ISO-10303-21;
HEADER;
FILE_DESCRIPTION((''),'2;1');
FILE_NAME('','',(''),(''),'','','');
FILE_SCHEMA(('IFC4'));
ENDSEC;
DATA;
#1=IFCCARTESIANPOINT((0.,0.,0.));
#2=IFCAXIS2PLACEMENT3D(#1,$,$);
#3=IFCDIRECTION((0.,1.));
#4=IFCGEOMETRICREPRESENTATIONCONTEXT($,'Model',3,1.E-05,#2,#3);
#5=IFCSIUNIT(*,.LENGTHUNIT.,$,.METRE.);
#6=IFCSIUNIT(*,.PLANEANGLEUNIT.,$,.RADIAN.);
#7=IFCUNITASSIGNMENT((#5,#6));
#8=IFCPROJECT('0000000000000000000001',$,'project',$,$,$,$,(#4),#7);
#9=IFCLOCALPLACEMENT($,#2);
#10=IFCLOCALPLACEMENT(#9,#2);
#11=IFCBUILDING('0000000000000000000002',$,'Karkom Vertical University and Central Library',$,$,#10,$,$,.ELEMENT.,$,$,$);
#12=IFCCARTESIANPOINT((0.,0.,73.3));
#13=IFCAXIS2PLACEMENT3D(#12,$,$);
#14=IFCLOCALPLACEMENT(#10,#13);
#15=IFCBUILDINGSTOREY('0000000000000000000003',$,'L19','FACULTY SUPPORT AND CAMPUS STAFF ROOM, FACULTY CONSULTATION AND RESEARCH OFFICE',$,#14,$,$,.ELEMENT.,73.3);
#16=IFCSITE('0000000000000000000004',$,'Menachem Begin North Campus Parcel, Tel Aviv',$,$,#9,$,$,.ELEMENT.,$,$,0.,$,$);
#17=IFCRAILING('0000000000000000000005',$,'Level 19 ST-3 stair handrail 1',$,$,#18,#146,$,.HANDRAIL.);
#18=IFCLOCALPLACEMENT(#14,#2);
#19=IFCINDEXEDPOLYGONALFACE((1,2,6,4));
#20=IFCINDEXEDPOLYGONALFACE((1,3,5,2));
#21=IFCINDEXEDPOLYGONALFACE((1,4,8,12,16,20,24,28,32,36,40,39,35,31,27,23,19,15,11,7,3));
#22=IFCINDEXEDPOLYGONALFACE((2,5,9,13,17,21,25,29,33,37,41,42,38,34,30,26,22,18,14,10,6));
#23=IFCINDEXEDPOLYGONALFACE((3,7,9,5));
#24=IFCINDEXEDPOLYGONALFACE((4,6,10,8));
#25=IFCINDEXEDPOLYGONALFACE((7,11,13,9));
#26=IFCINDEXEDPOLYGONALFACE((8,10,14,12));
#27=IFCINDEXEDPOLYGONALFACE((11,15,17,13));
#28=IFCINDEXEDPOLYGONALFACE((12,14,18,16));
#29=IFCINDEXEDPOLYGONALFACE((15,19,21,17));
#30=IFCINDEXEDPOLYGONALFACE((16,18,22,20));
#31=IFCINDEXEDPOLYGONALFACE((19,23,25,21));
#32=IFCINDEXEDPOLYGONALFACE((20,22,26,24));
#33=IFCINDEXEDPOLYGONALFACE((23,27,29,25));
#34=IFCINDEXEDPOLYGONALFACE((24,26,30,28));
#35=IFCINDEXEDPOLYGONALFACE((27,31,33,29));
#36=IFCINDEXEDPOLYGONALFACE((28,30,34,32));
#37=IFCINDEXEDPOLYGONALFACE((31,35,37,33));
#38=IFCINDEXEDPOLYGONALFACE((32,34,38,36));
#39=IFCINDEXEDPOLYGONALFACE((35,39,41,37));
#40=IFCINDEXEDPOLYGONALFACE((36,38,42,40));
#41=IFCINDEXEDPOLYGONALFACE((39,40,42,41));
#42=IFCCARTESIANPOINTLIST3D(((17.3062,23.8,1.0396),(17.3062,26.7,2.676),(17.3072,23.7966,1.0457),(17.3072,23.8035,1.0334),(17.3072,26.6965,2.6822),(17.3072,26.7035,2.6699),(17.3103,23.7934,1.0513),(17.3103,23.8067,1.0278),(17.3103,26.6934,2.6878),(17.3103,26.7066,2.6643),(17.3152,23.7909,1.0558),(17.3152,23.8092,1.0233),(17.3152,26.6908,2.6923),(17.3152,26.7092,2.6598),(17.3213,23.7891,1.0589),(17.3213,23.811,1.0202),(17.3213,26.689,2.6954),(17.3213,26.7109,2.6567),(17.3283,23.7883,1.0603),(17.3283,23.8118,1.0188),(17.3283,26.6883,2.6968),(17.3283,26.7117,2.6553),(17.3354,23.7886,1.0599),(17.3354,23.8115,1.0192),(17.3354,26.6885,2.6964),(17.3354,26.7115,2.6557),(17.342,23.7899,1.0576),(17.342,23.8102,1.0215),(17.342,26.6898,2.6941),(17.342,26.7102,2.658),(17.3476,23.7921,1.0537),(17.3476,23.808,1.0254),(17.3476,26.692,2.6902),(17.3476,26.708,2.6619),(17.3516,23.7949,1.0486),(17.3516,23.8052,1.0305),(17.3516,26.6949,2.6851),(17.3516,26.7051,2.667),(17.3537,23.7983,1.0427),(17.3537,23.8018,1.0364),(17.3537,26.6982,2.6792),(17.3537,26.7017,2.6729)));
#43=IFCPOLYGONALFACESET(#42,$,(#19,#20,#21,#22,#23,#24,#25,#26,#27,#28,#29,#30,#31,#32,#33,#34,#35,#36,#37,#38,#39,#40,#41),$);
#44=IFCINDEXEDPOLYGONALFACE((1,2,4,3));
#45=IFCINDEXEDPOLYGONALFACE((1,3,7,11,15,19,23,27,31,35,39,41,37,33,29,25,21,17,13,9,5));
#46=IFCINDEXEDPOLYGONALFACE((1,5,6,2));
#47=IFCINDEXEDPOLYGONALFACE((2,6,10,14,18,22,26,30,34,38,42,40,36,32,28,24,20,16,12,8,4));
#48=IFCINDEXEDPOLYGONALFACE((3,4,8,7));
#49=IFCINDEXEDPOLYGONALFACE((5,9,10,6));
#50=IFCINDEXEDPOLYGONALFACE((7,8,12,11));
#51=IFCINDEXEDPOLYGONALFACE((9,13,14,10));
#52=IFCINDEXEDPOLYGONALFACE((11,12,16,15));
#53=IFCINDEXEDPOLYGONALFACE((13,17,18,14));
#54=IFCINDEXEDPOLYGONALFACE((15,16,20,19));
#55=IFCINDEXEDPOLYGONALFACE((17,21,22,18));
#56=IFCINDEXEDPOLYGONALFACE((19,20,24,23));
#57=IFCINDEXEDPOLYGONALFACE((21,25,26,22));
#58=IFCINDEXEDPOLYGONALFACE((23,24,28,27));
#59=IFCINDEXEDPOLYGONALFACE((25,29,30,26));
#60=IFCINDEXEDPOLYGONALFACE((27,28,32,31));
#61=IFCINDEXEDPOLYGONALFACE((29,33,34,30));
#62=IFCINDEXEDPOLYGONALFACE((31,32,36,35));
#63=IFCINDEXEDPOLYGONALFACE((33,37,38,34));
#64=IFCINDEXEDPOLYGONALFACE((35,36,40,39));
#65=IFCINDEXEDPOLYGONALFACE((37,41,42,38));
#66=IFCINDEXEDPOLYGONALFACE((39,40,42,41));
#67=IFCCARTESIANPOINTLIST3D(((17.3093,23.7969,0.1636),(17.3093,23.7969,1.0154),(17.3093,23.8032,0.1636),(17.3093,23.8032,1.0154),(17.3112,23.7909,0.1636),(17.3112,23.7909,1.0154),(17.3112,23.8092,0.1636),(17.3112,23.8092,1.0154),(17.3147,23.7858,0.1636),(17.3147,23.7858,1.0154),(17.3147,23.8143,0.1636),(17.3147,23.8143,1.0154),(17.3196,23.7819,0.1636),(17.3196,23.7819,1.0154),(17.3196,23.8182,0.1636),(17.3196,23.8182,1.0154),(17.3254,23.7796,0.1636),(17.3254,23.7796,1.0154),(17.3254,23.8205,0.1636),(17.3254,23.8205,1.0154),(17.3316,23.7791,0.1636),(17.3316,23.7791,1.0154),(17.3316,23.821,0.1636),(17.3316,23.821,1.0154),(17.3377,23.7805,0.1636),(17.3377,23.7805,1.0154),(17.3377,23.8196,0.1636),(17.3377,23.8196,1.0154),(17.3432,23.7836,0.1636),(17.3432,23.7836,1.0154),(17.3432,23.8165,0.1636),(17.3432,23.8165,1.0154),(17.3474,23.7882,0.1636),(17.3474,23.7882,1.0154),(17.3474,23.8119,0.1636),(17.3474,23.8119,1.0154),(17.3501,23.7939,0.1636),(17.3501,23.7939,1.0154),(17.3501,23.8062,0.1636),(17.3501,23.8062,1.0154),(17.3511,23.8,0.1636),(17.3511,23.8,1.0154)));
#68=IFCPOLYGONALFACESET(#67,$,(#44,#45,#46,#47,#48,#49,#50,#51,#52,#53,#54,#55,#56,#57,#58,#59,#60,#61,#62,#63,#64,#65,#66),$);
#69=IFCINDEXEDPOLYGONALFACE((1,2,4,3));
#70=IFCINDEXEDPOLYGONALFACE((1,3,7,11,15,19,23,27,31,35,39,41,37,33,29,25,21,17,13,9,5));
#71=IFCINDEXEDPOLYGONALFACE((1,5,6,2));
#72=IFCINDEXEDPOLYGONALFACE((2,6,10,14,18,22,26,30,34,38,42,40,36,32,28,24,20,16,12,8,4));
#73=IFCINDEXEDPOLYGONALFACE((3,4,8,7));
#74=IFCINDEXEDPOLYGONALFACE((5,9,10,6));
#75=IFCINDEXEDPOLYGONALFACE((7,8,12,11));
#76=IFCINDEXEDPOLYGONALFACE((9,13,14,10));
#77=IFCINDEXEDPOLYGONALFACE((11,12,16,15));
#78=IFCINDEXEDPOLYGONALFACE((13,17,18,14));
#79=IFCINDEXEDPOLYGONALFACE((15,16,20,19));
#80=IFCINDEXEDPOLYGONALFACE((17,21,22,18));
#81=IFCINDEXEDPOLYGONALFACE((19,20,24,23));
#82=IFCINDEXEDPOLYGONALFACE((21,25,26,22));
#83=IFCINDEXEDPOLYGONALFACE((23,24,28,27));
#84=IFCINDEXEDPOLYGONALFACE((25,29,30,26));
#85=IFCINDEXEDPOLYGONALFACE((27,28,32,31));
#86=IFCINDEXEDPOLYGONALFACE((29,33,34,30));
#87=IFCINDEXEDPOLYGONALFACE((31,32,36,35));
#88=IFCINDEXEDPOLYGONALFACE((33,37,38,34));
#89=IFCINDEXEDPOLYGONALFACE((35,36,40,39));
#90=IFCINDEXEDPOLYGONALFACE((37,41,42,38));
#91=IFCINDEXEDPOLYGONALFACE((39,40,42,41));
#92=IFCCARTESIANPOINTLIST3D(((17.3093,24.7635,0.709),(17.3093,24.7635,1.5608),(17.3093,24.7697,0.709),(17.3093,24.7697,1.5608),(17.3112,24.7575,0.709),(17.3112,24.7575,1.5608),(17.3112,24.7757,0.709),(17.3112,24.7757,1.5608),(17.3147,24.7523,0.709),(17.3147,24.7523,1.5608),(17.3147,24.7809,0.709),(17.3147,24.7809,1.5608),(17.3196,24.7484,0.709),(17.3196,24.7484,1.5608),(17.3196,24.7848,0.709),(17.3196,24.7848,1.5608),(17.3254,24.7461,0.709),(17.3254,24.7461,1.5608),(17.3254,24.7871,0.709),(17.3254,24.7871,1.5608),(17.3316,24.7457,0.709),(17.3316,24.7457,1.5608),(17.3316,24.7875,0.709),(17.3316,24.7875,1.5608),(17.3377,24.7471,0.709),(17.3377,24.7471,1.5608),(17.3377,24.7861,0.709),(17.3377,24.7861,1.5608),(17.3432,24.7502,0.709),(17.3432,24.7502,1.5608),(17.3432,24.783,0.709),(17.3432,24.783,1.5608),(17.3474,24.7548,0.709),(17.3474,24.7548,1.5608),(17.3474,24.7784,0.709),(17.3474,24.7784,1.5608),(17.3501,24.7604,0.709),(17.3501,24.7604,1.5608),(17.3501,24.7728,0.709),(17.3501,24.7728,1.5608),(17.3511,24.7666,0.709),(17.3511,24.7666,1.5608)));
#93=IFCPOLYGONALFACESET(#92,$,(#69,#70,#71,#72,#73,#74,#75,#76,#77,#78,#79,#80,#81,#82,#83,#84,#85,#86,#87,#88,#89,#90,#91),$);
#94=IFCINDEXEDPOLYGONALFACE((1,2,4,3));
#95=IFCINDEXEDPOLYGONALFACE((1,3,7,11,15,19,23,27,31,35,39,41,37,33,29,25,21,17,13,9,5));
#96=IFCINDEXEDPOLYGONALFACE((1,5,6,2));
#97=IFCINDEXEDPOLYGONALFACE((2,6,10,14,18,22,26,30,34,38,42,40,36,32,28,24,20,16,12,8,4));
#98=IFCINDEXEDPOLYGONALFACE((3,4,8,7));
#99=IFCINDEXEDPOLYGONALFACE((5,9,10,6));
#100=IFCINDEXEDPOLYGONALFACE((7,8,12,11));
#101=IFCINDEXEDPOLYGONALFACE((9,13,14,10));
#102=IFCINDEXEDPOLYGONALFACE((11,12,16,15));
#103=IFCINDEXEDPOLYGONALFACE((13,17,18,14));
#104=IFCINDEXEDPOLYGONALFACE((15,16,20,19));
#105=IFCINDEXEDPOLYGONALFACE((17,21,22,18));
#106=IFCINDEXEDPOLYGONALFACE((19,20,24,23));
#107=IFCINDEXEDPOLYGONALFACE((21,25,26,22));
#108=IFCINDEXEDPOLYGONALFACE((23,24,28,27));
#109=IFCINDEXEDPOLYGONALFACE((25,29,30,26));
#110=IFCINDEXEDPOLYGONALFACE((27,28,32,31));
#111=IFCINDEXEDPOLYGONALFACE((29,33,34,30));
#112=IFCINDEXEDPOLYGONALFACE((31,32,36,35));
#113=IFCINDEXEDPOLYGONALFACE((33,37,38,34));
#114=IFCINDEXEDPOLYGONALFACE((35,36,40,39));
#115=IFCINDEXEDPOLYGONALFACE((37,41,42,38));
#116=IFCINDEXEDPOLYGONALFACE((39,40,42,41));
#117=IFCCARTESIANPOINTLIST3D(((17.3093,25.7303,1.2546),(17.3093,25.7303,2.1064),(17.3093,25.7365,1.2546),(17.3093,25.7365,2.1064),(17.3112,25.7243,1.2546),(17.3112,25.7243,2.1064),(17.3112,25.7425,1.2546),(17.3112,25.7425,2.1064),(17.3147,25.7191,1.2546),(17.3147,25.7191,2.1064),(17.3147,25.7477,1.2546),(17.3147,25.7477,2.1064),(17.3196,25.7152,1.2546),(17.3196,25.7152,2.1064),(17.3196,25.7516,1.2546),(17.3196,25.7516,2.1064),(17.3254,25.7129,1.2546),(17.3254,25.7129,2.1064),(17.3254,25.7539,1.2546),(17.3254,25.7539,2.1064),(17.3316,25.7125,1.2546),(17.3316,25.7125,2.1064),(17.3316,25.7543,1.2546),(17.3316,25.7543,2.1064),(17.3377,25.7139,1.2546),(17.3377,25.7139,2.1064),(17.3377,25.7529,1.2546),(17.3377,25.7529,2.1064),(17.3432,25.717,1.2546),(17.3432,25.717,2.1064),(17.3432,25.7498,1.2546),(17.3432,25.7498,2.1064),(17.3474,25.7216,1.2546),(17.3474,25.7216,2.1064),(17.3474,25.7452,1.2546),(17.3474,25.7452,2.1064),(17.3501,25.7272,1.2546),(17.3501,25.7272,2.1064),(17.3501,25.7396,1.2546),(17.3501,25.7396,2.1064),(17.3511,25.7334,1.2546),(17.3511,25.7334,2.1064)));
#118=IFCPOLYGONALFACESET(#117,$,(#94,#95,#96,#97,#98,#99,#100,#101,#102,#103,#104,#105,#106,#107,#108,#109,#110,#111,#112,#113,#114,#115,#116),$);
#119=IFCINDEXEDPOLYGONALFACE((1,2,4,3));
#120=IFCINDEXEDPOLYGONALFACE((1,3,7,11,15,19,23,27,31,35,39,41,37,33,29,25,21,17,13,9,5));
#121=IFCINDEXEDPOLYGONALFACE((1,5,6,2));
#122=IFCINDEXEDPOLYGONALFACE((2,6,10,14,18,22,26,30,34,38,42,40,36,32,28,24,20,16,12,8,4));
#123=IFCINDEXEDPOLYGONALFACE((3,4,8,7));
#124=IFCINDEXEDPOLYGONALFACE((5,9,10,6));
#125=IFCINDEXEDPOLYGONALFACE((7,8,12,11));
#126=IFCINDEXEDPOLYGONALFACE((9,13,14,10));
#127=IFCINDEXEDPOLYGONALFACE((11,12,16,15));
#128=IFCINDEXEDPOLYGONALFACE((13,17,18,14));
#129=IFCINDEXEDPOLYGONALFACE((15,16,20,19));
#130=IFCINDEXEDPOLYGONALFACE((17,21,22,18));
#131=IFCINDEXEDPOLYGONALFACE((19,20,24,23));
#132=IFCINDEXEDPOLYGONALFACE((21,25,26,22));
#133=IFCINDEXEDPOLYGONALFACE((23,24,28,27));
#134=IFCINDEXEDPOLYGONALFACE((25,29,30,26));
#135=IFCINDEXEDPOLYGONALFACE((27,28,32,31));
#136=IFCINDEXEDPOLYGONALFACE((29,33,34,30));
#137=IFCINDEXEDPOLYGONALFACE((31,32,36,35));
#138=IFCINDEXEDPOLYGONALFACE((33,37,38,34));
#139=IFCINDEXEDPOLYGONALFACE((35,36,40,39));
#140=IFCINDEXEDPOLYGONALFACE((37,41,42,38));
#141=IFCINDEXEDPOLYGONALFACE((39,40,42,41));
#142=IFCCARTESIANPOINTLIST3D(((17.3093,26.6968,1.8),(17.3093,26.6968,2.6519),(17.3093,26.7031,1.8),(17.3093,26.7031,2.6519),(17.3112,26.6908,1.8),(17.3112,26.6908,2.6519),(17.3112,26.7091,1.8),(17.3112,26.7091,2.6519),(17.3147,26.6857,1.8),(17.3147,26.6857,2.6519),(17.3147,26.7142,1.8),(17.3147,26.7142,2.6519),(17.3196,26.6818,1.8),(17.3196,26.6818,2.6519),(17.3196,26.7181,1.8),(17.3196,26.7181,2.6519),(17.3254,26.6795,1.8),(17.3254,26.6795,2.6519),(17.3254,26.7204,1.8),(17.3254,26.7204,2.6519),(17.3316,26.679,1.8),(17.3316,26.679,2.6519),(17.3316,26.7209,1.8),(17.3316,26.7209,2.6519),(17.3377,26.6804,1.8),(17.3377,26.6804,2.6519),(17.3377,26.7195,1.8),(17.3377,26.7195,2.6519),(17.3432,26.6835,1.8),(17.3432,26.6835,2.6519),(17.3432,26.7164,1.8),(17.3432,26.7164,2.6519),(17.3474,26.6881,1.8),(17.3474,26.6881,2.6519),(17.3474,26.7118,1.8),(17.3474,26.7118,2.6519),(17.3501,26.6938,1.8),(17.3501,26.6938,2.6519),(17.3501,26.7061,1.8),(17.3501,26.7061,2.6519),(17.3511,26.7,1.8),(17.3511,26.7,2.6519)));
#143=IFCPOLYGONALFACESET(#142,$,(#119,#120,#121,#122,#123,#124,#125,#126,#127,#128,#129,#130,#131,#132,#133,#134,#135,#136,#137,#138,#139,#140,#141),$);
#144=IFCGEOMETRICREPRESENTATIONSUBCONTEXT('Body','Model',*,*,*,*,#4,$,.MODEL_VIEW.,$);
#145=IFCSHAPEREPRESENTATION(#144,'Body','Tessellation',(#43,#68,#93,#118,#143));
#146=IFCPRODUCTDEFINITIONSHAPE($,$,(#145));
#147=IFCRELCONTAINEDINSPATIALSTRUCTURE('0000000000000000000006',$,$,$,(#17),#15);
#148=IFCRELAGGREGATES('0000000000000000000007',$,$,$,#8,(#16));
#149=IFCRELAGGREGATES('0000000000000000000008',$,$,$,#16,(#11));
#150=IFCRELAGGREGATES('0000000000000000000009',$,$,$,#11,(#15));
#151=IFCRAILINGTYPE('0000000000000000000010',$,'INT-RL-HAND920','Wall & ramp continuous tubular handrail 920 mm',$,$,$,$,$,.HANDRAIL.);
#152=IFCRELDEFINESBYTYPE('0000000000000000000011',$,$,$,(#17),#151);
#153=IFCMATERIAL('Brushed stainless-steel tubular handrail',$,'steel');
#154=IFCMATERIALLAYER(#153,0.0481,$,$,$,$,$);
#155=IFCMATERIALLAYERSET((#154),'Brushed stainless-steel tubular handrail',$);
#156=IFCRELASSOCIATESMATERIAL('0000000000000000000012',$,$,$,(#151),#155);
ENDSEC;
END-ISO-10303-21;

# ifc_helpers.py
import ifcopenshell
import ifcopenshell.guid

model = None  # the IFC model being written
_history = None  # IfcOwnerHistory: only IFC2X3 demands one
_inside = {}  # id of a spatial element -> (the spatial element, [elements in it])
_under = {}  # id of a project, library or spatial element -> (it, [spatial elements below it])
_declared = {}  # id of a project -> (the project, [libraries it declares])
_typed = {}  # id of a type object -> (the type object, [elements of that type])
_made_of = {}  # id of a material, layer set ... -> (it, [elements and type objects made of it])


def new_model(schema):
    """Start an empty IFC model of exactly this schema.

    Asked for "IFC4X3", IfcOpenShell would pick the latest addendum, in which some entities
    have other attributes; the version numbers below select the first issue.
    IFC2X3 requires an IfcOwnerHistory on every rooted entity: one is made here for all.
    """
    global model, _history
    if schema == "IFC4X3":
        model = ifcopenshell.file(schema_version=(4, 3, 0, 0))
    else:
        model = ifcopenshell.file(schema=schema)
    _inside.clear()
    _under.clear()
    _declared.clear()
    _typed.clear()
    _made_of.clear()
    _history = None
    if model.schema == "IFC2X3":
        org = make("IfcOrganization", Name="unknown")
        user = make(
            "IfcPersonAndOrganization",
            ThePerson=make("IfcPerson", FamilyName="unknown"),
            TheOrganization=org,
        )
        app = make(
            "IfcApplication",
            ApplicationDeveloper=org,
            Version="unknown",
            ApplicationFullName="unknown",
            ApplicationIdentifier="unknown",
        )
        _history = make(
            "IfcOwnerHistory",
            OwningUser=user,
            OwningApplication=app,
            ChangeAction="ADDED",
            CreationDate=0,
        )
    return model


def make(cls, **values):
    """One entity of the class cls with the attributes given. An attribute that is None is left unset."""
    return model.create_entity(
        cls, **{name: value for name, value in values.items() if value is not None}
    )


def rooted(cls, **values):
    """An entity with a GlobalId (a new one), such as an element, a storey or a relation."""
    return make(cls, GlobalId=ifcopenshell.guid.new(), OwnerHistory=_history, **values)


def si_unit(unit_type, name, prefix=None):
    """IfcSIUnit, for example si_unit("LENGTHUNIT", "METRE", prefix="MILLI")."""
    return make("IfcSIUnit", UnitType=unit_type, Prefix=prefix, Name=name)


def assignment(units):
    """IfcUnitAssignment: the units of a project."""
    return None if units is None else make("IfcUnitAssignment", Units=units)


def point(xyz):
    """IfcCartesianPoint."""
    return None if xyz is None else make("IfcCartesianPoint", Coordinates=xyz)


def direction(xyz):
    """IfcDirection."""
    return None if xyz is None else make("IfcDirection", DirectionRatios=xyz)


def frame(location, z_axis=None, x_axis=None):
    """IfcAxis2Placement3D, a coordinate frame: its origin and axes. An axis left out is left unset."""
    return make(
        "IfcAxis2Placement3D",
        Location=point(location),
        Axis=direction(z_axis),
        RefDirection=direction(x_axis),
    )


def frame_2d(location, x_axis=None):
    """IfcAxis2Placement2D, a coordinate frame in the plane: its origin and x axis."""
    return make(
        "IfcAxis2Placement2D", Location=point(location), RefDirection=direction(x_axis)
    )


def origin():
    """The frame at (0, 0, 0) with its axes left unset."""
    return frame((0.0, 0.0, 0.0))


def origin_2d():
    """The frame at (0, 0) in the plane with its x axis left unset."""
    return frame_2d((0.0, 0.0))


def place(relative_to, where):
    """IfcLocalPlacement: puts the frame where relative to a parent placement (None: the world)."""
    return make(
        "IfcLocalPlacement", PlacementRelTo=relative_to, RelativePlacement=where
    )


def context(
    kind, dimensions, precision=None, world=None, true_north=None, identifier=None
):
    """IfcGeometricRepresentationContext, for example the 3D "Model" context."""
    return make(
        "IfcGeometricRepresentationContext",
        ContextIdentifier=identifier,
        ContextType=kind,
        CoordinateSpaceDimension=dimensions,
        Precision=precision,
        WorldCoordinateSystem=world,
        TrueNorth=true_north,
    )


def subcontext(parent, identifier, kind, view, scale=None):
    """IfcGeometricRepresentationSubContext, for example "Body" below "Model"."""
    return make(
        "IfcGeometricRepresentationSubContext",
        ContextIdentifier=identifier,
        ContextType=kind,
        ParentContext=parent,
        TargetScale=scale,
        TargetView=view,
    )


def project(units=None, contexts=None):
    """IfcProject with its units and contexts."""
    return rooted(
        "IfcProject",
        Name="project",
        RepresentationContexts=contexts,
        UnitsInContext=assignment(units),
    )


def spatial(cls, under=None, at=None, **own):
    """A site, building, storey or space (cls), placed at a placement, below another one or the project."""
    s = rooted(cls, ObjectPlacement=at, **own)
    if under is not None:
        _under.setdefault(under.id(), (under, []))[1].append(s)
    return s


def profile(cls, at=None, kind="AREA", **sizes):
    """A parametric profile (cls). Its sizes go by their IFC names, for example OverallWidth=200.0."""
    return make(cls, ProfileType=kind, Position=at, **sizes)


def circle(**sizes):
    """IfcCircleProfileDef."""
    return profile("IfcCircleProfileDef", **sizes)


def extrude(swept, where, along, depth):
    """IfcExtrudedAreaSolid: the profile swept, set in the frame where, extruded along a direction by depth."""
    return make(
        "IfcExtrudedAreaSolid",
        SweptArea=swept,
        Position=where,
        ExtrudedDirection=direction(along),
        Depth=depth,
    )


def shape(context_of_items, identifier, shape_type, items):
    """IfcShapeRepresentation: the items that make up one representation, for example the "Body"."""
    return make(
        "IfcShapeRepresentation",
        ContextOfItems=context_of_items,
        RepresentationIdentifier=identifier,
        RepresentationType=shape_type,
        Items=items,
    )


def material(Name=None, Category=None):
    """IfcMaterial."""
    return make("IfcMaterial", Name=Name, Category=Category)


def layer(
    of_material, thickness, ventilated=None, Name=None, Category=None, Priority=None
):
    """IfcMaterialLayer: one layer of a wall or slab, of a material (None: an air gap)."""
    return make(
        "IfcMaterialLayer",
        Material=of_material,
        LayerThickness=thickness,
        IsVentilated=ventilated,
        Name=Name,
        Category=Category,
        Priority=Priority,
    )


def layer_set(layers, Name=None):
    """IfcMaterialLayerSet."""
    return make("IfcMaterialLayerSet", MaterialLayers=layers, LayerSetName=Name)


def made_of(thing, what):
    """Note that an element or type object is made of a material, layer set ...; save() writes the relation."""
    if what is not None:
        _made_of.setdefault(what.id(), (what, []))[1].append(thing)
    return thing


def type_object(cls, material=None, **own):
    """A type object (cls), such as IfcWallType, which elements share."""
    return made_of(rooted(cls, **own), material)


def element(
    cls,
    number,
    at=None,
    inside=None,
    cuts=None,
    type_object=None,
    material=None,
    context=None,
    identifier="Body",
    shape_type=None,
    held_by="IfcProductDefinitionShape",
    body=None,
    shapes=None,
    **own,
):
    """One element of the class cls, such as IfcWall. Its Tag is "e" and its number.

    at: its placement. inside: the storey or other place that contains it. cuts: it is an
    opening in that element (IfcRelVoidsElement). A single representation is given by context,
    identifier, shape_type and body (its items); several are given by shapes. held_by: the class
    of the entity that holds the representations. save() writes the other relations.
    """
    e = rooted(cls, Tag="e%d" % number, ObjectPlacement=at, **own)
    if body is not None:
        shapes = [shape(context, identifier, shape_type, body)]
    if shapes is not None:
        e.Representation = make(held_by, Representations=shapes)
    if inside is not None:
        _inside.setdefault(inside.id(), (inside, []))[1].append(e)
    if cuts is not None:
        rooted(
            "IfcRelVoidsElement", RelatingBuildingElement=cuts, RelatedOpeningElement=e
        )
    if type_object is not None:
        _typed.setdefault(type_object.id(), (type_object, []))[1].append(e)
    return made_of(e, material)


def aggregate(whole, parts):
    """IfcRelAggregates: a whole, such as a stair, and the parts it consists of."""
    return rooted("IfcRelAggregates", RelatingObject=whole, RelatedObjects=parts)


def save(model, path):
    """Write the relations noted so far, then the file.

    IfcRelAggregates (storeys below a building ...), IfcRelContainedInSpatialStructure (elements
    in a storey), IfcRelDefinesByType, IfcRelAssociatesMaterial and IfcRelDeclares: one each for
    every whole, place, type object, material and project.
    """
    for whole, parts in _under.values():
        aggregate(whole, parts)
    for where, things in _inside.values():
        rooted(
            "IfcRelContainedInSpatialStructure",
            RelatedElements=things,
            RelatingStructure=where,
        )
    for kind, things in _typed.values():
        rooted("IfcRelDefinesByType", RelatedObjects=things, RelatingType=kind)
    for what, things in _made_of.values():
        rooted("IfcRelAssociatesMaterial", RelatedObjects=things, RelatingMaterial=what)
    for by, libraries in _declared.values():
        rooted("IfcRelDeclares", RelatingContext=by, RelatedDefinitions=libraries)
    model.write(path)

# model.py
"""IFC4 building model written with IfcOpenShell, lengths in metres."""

from ifc_helpers import new_model, si_unit, direction, frame, origin, origin_2d, place, context, subcontext, project, spatial, circle, extrude, material, layer, layer_set, type_object, element, save


model = new_model("IFC4")

# Units and contexts
model_context = context("Model", 3, precision=1e-05, world=origin(), true_north=direction((0.0, 1.0)))
body_context = subcontext(model_context, "Body", "Model", "MODEL_VIEW")
ifc_project = project(units=[si_unit("LENGTHUNIT", "METRE"), si_unit("PLANEANGLEUNIT", "RADIAN")], contexts=[model_context])

# Site, building, storey
site_placement = place(None, origin())
site = spatial("IfcSite", under=ifc_project, at=site_placement, Name="Menachem Begin North Campus Parcel, Tel Aviv", CompositionType="ELEMENT", RefElevation=0.0)
building_placement = place(site_placement, origin())
building = spatial("IfcBuilding", under=site, at=building_placement, Name="Karkom Vertical University and Central Library", CompositionType="ELEMENT")
storey_placement = place(building_placement, frame((0.0, 0.0, 73.3)))
storey = spatial("IfcBuildingStorey", under=building, at=storey_placement, Name="L19", Description="FACULTY SUPPORT AND CAMPUS STAFF ROOM, FACULTY CONSULTATION AND RESEARCH OFFICE", CompositionType="ELEMENT", Elevation=73.3)

# Railing
ifc_material_1 = material(Name="Brushed stainless-steel tubular handrail", Category="steel")
ifc_layer_1 = layer(ifc_material_1, 0.0481)
ifc_layer_set_1 = layer_set([ifc_layer_1], Name="Brushed stainless-steel tubular handrail")
railing_type_1 = type_object("IfcRailingType", Name="INT-RL-HAND920", Description="Wall & ramp continuous tubular handrail 920 mm", PredefinedType="HANDRAIL", material=ifc_layer_set_1)
railing_1_placement = place(storey_placement, frame((17.3301, 23.8, 0.1636)))
element("IfcRailing", 1, at=railing_1_placement, inside=storey, type_object=railing_type_1, Name="Level 19 ST-3 stair handrail 1", PredefinedType="HANDRAIL", context=body_context, shape_type="SweptSolid", body=[
    extrude(circle(Radius=0.0239, at=origin_2d()), frame((0.0, 0.0, 0.876), z_axis=(0.0, 0.870897, 0.491465), x_axis=(-1.0, 0.0, 0.0)), (0.0, 0.0, 1.0), 3.3298),
    extrude(circle(Radius=0.021, at=origin_2d()), origin(), (0.0, 0.0, 1.0), 0.8518),
    extrude(circle(Radius=0.021, at=origin_2d()), frame((0.0, 0.9666, 0.5454)), (0.0, 0.0, 1.0), 0.8518),
    extrude(circle(Radius=0.021, at=origin_2d()), frame((0.0, 1.9333, 1.0911)), (0.0, 0.0, 1.0), 0.8518),
    extrude(circle(Radius=0.021, at=origin_2d()), frame((0.0, 2.8999, 1.6365)), (0.0, 0.0, 1.0), 0.8518),
])

save(model, "model.ifc")
